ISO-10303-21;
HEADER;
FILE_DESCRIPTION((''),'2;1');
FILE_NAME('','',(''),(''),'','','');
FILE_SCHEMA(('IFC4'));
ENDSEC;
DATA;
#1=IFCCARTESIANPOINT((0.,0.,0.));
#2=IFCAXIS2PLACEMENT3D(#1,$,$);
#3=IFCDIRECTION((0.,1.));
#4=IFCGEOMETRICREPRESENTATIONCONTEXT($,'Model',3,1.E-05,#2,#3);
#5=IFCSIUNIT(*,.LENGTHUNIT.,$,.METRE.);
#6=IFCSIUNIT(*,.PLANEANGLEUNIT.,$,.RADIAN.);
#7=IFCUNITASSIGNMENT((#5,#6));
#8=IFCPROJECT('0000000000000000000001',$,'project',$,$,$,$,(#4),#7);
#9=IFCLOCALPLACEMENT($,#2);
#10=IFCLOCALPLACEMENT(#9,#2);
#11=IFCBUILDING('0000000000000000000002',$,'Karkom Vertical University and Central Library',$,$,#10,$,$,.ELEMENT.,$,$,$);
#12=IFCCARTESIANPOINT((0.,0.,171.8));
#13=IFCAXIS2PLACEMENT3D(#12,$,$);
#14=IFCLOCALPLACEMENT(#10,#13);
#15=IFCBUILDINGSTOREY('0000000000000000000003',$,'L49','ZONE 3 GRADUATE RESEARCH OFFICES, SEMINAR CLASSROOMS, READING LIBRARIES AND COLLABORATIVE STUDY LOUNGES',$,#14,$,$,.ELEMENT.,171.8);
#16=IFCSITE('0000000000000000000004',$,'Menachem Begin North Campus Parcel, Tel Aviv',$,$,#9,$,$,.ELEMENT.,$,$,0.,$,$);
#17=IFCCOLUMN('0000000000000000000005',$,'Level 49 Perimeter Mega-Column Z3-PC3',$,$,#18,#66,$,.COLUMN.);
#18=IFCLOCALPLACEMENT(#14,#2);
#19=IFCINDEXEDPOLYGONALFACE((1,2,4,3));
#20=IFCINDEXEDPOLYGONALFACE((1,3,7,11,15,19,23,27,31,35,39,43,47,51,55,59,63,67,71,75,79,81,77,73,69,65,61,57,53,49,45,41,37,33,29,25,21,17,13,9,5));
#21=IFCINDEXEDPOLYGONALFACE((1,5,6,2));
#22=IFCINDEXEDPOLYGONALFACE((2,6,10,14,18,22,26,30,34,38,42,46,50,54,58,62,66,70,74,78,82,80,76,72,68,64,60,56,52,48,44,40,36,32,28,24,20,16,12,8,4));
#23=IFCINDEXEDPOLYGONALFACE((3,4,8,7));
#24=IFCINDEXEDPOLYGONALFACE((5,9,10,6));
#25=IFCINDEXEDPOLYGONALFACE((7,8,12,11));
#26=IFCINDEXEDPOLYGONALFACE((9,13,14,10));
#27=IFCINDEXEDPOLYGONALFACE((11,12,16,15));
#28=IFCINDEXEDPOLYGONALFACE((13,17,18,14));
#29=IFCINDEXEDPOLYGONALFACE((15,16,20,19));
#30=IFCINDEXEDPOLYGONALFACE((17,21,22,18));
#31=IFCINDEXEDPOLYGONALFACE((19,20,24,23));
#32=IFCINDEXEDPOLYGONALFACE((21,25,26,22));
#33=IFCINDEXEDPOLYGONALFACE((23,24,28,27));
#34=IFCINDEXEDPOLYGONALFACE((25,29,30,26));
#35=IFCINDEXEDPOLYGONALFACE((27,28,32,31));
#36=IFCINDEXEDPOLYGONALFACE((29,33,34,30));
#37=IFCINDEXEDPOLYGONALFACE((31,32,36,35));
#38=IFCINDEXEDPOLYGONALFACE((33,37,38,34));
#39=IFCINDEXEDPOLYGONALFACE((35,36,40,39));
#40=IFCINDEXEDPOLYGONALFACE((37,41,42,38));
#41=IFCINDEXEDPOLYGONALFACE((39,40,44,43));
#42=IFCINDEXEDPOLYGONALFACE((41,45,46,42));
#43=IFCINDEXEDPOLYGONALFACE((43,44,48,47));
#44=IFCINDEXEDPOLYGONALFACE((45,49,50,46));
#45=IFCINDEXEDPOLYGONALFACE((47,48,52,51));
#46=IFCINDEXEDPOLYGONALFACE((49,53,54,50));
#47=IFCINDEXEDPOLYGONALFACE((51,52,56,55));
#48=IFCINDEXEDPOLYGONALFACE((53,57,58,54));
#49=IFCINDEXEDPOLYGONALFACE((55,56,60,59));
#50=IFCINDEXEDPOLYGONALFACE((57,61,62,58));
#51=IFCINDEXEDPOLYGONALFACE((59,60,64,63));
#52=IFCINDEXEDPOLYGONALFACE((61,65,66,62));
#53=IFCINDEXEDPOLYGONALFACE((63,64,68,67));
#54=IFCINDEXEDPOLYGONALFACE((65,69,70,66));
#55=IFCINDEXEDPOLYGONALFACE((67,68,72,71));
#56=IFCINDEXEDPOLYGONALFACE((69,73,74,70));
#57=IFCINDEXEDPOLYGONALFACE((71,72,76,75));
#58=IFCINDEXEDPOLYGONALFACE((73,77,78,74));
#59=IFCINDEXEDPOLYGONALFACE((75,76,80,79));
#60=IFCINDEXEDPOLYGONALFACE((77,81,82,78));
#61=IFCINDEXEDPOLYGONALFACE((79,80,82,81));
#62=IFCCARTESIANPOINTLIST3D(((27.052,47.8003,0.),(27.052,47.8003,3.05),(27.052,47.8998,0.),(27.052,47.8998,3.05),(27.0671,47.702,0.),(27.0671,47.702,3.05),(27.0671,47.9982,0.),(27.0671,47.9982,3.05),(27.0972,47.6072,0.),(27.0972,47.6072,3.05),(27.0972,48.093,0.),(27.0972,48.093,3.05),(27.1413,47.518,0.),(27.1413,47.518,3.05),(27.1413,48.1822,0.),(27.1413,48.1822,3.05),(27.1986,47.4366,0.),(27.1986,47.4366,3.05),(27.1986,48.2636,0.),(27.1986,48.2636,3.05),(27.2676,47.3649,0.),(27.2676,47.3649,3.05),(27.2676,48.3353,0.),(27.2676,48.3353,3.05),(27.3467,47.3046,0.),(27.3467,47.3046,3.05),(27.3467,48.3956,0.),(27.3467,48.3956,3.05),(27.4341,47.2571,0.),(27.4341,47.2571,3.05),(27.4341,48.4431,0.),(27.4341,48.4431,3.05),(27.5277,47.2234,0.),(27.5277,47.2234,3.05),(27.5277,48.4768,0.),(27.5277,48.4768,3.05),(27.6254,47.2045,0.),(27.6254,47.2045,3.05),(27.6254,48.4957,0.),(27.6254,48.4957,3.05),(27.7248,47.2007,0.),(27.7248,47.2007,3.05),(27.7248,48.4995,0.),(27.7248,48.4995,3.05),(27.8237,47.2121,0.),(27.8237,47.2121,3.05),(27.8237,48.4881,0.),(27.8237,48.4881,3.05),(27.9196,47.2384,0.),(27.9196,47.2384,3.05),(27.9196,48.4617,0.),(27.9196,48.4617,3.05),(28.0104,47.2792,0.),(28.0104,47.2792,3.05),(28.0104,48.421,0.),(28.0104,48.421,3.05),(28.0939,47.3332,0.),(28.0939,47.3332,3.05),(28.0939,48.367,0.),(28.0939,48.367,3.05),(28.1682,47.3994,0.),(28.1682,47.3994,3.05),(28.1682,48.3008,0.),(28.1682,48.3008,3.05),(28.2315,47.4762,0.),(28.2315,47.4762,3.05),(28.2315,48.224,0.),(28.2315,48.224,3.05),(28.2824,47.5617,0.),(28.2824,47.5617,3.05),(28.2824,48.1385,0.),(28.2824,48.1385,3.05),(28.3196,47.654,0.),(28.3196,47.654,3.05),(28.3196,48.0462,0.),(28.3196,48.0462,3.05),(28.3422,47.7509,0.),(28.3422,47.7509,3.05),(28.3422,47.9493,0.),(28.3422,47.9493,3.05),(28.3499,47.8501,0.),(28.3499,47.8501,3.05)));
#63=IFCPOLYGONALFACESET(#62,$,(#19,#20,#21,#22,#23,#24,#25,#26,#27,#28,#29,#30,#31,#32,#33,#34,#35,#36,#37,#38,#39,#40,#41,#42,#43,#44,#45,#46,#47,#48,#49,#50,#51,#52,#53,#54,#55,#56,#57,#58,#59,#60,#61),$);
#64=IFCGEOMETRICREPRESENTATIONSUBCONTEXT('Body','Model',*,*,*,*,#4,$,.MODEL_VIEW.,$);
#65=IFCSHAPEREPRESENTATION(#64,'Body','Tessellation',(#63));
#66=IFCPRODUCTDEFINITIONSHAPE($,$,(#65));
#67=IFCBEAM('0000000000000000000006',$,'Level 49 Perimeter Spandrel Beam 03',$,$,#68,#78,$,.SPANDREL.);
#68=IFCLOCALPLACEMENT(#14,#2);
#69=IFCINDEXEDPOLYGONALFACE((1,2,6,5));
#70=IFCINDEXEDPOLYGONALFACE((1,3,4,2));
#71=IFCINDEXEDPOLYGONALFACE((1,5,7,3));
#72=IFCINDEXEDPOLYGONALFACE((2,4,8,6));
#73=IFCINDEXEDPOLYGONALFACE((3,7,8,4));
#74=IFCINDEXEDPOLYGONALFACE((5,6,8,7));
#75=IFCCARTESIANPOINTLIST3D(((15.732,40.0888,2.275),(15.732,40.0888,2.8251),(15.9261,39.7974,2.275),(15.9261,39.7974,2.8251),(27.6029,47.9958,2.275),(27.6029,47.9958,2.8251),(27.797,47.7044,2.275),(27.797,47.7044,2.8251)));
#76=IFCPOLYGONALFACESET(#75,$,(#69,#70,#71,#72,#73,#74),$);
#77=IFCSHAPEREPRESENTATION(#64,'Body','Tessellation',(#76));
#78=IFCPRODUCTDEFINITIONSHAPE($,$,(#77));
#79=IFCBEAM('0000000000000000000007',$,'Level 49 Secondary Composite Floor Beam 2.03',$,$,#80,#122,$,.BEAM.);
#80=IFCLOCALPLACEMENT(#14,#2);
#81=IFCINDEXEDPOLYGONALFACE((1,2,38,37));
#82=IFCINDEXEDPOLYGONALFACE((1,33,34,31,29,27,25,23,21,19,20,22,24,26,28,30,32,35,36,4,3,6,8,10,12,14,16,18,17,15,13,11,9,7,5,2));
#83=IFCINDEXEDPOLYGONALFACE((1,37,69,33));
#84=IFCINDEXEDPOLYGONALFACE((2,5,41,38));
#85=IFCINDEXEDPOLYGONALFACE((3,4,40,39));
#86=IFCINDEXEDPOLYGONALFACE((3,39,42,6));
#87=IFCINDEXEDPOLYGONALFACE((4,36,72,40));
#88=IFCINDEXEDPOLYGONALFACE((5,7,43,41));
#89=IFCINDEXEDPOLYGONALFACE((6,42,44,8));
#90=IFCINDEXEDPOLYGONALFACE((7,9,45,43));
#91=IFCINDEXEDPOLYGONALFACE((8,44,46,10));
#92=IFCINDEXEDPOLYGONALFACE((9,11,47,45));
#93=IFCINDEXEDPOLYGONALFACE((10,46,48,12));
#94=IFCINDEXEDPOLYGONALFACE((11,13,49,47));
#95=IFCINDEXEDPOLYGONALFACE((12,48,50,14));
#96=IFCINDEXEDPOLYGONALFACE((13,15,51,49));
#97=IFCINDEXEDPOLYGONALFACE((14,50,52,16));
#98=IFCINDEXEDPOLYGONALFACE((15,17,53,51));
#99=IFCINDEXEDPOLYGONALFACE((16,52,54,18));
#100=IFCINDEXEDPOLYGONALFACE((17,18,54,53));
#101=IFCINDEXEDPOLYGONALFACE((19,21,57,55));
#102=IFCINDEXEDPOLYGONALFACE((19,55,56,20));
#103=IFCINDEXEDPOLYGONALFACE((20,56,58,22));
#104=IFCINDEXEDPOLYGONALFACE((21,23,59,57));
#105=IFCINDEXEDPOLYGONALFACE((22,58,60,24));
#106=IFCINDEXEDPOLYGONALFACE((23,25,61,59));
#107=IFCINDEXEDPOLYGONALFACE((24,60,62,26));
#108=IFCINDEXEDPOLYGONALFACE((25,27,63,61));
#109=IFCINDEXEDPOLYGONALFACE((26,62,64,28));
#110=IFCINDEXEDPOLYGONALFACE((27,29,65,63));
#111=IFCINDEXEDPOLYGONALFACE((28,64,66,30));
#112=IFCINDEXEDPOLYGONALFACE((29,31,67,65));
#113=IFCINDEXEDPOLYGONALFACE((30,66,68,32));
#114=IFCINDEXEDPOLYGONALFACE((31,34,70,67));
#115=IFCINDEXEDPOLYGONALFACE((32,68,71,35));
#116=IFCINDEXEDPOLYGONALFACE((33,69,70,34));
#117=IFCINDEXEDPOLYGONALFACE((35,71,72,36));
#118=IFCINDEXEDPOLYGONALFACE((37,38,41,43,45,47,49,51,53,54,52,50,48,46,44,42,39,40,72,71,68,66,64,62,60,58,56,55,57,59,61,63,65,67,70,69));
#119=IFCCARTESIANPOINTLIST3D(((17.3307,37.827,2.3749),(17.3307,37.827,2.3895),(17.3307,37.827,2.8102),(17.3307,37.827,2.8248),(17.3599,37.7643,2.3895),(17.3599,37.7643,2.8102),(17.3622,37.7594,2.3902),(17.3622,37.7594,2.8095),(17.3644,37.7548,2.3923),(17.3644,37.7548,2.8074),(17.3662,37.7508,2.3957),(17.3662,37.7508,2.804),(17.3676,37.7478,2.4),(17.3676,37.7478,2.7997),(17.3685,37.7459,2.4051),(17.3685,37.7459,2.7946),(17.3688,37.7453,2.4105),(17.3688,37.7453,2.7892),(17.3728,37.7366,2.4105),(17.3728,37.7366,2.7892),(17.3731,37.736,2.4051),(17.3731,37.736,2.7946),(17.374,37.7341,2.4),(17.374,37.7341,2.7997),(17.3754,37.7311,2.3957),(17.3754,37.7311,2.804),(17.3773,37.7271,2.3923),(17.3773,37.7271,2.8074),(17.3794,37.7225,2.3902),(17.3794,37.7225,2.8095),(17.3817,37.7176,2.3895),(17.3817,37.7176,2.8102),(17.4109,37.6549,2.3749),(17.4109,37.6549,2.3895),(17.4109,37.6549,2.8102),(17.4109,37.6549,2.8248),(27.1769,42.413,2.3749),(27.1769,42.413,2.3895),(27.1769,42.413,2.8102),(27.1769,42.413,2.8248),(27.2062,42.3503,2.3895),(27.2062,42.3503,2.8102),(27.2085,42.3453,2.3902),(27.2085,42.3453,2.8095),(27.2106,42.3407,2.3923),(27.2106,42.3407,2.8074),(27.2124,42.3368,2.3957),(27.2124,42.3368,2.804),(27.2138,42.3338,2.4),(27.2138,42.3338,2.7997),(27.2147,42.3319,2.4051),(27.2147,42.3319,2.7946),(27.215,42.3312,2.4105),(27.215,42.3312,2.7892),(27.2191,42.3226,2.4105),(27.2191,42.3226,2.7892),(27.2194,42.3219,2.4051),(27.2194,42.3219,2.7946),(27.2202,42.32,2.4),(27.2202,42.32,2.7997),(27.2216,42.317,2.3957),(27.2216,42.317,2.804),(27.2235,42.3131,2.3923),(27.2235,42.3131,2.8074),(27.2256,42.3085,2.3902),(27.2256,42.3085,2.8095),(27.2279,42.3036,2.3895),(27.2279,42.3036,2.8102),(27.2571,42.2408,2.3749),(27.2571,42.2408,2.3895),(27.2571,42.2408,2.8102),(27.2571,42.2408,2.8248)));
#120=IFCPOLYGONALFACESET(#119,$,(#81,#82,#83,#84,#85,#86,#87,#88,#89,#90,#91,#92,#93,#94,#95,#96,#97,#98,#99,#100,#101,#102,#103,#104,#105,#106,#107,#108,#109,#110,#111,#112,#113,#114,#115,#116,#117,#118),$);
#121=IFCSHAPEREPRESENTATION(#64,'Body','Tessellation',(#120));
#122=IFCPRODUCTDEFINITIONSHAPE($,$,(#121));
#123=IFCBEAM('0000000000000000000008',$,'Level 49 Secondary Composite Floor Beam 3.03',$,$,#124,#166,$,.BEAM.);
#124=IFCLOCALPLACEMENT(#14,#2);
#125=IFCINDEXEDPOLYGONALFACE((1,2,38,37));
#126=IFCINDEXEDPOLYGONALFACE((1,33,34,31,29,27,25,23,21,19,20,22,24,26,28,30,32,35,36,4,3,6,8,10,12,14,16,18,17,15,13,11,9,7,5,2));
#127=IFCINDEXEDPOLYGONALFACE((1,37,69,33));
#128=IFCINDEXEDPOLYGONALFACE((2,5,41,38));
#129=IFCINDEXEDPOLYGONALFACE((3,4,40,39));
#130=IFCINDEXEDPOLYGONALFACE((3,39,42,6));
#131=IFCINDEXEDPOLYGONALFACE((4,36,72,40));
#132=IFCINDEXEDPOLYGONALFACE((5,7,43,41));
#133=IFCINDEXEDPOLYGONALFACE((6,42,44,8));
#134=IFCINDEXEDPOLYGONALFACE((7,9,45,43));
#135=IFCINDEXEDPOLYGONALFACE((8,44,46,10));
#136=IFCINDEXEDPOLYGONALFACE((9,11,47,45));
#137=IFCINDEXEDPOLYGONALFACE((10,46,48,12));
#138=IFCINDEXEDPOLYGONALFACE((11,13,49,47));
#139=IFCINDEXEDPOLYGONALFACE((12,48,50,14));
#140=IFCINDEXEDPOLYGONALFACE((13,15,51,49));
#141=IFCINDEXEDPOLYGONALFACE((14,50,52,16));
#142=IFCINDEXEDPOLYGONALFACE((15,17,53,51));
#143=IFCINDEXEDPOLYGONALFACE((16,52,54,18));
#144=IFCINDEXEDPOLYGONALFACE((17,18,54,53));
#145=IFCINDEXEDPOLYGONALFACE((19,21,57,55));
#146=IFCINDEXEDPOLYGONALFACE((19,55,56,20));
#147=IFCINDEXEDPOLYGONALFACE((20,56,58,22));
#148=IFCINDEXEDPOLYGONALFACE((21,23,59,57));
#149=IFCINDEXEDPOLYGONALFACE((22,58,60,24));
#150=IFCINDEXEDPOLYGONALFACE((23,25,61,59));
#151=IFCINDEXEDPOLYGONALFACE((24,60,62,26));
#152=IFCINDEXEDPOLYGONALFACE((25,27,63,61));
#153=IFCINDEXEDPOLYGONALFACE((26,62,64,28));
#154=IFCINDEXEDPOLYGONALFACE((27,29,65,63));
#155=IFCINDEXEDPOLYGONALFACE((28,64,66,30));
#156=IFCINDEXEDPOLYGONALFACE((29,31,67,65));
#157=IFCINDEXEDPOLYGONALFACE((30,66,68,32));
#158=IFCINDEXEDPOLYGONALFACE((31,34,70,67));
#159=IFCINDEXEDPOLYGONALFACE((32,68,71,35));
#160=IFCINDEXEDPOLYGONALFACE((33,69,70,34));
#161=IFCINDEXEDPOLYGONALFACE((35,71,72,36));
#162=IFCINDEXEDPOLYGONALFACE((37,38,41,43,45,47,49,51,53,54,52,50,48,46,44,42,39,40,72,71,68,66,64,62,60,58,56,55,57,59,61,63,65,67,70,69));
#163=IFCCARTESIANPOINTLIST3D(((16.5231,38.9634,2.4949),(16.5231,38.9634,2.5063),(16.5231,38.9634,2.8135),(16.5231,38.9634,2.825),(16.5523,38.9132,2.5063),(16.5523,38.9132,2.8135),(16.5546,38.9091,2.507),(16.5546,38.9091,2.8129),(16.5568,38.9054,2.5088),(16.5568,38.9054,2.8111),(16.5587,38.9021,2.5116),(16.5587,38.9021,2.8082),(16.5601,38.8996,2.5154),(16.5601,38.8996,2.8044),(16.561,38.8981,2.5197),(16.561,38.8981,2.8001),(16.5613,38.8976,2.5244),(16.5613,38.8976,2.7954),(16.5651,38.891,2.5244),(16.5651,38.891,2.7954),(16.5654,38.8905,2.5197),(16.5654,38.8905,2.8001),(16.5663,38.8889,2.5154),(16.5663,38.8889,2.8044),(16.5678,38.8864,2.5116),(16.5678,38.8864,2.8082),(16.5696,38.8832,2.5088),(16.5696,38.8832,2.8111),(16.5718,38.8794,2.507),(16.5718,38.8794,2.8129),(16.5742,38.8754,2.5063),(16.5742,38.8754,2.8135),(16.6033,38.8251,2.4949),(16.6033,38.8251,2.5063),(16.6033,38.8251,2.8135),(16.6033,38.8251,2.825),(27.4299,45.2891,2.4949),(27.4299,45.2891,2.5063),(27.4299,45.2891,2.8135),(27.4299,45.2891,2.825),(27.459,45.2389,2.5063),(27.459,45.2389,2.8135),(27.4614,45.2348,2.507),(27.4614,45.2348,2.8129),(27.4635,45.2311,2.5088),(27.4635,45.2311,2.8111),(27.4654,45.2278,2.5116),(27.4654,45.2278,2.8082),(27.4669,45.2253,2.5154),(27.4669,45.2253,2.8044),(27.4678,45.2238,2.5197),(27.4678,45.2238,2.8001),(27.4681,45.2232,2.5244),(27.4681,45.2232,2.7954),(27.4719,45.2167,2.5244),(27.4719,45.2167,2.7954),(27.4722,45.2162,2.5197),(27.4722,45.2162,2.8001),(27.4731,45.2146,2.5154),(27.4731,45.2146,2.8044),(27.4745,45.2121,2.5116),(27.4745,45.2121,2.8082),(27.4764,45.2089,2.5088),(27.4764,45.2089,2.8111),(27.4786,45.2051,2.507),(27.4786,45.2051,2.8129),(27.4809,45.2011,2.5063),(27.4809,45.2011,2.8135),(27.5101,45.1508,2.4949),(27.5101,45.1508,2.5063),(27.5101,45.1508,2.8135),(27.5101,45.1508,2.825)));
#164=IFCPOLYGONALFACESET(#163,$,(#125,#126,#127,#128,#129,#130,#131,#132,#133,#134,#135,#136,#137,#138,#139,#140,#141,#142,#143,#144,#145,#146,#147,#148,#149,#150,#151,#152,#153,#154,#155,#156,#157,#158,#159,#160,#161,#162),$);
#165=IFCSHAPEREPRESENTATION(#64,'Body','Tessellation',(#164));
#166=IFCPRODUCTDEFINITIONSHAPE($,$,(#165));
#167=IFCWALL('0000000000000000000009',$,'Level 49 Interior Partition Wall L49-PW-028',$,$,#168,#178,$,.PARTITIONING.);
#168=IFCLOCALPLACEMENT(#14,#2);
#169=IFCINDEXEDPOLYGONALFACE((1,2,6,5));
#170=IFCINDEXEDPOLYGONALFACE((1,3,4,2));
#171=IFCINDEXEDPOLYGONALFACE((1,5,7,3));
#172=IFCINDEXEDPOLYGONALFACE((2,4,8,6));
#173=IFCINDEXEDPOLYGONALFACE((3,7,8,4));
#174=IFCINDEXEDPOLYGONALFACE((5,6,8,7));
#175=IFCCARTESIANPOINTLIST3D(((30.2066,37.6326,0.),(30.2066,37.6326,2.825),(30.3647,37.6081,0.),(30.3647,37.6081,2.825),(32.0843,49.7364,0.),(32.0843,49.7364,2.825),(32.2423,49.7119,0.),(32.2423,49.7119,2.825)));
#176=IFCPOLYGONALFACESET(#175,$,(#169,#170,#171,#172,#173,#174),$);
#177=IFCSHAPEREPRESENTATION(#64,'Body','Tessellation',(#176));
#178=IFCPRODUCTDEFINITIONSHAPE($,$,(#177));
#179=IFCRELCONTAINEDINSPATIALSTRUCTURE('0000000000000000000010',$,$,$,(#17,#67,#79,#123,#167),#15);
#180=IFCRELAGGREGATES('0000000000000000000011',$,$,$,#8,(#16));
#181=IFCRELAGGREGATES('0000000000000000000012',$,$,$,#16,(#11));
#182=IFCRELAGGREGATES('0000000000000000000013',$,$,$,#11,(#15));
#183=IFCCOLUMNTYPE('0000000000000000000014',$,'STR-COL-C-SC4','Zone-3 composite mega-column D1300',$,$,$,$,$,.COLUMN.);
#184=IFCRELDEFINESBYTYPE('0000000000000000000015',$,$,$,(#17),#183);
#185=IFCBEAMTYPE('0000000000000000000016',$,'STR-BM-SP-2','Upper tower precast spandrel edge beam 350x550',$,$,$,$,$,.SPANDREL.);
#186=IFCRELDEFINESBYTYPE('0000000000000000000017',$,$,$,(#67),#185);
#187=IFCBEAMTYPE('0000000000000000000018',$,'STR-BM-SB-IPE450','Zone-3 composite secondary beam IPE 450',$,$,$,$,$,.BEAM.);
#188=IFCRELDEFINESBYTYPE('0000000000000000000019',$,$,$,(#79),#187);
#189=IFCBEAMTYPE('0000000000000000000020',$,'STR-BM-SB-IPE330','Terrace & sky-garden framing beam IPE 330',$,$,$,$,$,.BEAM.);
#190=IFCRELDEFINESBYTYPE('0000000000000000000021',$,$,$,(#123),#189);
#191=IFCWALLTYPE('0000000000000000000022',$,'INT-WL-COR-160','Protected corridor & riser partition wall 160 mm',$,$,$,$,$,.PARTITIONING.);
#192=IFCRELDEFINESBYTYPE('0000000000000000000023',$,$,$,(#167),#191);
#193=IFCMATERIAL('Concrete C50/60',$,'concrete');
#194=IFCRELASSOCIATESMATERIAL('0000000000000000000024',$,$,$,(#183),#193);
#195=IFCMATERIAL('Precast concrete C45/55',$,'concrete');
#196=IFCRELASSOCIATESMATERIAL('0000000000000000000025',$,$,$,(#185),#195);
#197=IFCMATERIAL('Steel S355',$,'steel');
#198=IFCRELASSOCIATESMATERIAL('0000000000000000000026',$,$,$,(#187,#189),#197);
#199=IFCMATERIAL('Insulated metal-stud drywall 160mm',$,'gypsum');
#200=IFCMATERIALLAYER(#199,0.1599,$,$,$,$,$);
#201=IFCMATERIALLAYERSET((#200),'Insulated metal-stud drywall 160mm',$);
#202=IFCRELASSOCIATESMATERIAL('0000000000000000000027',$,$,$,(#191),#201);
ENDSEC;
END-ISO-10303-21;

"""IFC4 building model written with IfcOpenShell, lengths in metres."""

from ifc_helpers import new_model, si_unit, direction, frame, frame_2d, origin, origin_with_axes, origin_2d, place, context, subcontext, project, spatial, rectangle, circle, i_section, extrude, source, transform, mapped, material, layer, layer_set, material_profile, profile_set, type_object, element, save


model = new_model("IFC4")

# Units and contexts
model_context = context("Model", 3, precision=1e-05, world=origin(), true_north=direction((0.0, 1.0)))
body_context = subcontext(model_context, "Body", "Model", "MODEL_VIEW")
ifc_project = project(units=[si_unit("LENGTHUNIT", "METRE"), si_unit("PLANEANGLEUNIT", "RADIAN")], contexts=[model_context])

# Site, building, storey
site_placement = place(None, origin())
site = spatial("IfcSite", under=ifc_project, at=site_placement, Name="Menachem Begin North Campus Parcel, Tel Aviv", CompositionType="ELEMENT", RefElevation=0.0)
building_placement = place(site_placement, origin())
building = spatial("IfcBuilding", under=site, at=building_placement, Name="Karkom Vertical University and Central Library", CompositionType="ELEMENT")
storey_placement = place(building_placement, frame((0.0, 0.0, 171.8)))
storey = spatial("IfcBuildingStorey", under=building, at=storey_placement, Name="L49", Description="ZONE 3 GRADUATE RESEARCH OFFICES, SEMINAR CLASSROOMS, READING LIBRARIES AND COLLABORATIVE STUDY LOUNGES", CompositionType="ELEMENT", Elevation=171.8)

# Column
ifc_material_1 = material(Name="Concrete C50/60", Category="concrete")
ifc_material_profile_1 = material_profile(ifc_material_1, circle(Radius=0.6499, at=origin_2d()), Name="CFT-D1300")
ifc_profile_set_1 = profile_set([ifc_material_profile_1], Name="Concrete C50/60")
column_type = type_object("IfcColumnType", Name="STR-COL-C-SC4", Description="Zone-3 composite mega-column D1300", PredefinedType="COLUMN", material=ifc_profile_set_1)
shared_shape_1 = source(origin_with_axes(), body_context, "Body", "SweptSolid", [
    extrude(circle(Radius=0.6499, at=origin_2d()), origin(), (0.0, 0.0, 1.0), 3.05),
])
column_placement = place(storey_placement, frame((27.7, 47.8501, 0.0), z_axis=(0.0, 0.0, 1.0), x_axis=(1.0, 0.0, 0.0)))
element("IfcColumn", 1, at=column_placement, inside=storey, type_object=column_type, Name="Level 49 Perimeter Mega-Column Z3-PC3", PredefinedType="COLUMN", context=body_context, shape_type="MappedRepresentation", body=[
    mapped(shared_shape_1, transform((0.0, 0.0, 0.0), scale=1.0)),
])

# Beams
ifc_material_2 = material(Name="Precast concrete C45/55", Category="concrete")
ifc_material_profile_2 = material_profile(ifc_material_2, rectangle(XDim=0.3501, YDim=0.55, at=origin_2d()), Name="SPB-350x550")
ifc_profile_set_2 = profile_set([ifc_material_profile_2], Name="Precast concrete C45/55")
beam_type_1 = type_object("IfcBeamType", Name="STR-BM-SP-2", Description="Upper tower precast spandrel edge beam 350x550", PredefinedType="SPANDREL", material=ifc_profile_set_2)
shared_shape_2 = source(origin_with_axes(), body_context, "Body", "SweptSolid", [
    extrude(rectangle(XDim=0.3501, YDim=0.55, at=origin_2d()), origin(), (0.0, 0.0, 1.0), 14.2632),
])
beam_1_placement = place(storey_placement, frame((27.7, 47.8501, 2.55), z_axis=(-0.832274, -0.554364, 0.0), x_axis=(0.554364, -0.832274, 0.0)))
element("IfcBeam", 2, at=beam_1_placement, inside=storey, type_object=beam_type_1, Name="Level 49 Perimeter Spandrel Beam 03", PredefinedType="SPANDREL", context=body_context, shape_type="MappedRepresentation", body=[
    mapped(shared_shape_2, transform((0.0, 0.0, 0.0), scale=1.0)),
])
ifc_material_3 = material(Name="Steel S355", Category="steel")
ifc_material_profile_3 = material_profile(ifc_material_3, i_section(OverallWidth=0.1899, OverallDepth=0.45, WebThickness=0.0095, FlangeThickness=0.0146, FilletRadius=0.021, at=origin_2d()), Name="IPE 450")
ifc_profile_set_3 = profile_set([ifc_material_profile_3], Name="Steel S355")
beam_type_2 = type_object("IfcBeamType", Name="STR-BM-SB-IPE450", Description="Zone-3 composite secondary beam IPE 450", PredefinedType="BEAM", material=ifc_profile_set_3)
shared_shape_3 = source(origin_with_axes(), body_context, "Body", "SweptSolid", [
    extrude(i_section(OverallWidth=0.1899, OverallDepth=0.45, WebThickness=0.0095, FlangeThickness=0.0146, FilletRadius=0.021, at=origin_2d()), origin(), (0.0, 0.0, 1.0), 10.8618),
])
beam_2_placement = place(storey_placement, frame((27.217, 42.3269, 2.5999), z_axis=(-0.906499, -0.422209, 0.0), x_axis=(0.422209, -0.906499, 0.0)))
element("IfcBeam", 3, at=beam_2_placement, inside=storey, type_object=beam_type_2, Name="Level 49 Secondary Composite Floor Beam 2.03", PredefinedType="BEAM", context=body_context, shape_type="MappedRepresentation", body=[
    mapped(shared_shape_3, transform((0.0, 0.0, 0.0), scale=1.0)),
])
ifc_material_profile_4 = material_profile(ifc_material_3, i_section(OverallWidth=0.1599, OverallDepth=0.3301, WebThickness=0.0076, FlangeThickness=0.0115, FilletRadius=0.0181, at=origin_2d()), Name="IPE 330")
ifc_profile_set_4 = profile_set([ifc_material_profile_4], Name="Steel S355")
beam_type_3 = type_object("IfcBeamType", Name="STR-BM-SB-IPE330", Description="Terrace & sky-garden framing beam IPE 330", PredefinedType="BEAM", material=ifc_profile_set_4)
shared_shape_4 = source(origin_with_axes(), body_context, "Body", "SweptSolid", [
    extrude(i_section(OverallWidth=0.1599, OverallDepth=0.3301, WebThickness=0.0076, FlangeThickness=0.0115, FilletRadius=0.0181, at=origin_2d()), origin(), (0.0, 0.0, 1.0), 12.6084),
])
beam_3_placement = place(storey_placement, frame((27.47, 45.22, 2.6599), z_axis=(-0.865039, -0.501705, 0.0), x_axis=(0.501705, -0.865039, 0.0)))
element("IfcBeam", 4, at=beam_3_placement, inside=storey, type_object=beam_type_3, Name="Level 49 Secondary Composite Floor Beam 3.03", PredefinedType="BEAM", context=body_context, shape_type="MappedRepresentation", body=[
    mapped(shared_shape_4, transform((0.0, 0.0, 0.0), scale=1.0)),
])

# Wall
ifc_material_4 = material(Name="Insulated metal-stud drywall 160mm", Category="gypsum")
ifc_layer_1 = layer(ifc_material_4, 0.1599)
ifc_layer_set_1 = layer_set([ifc_layer_1], Name="Insulated metal-stud drywall 160mm")
wall_type = type_object("IfcWallType", Name="INT-WL-COR-160", Description="Protected corridor & riser partition wall 160 mm", PredefinedType="PARTITIONING", material=ifc_layer_set_1)
wall_1_placement = place(storey_placement, frame((30.2856, 37.6204, 0.0), z_axis=(0.0, 0.0, 1.0), x_axis=(0.153299, 0.98818, 0.0)))
element("IfcWall", 5, at=wall_1_placement, inside=storey, type_object=wall_type, Name="Level 49 Interior Partition Wall L49-PW-028", PredefinedType="PARTITIONING", context=body_context, shape_type="SweptSolid", body=[
    extrude(rectangle(XDim=12.2485, YDim=0.1599, at=frame_2d((6.1243, 0.0))), origin(), (0.0, 0.0, 1.0), 2.825),
])

save(model, "model.ifc")
